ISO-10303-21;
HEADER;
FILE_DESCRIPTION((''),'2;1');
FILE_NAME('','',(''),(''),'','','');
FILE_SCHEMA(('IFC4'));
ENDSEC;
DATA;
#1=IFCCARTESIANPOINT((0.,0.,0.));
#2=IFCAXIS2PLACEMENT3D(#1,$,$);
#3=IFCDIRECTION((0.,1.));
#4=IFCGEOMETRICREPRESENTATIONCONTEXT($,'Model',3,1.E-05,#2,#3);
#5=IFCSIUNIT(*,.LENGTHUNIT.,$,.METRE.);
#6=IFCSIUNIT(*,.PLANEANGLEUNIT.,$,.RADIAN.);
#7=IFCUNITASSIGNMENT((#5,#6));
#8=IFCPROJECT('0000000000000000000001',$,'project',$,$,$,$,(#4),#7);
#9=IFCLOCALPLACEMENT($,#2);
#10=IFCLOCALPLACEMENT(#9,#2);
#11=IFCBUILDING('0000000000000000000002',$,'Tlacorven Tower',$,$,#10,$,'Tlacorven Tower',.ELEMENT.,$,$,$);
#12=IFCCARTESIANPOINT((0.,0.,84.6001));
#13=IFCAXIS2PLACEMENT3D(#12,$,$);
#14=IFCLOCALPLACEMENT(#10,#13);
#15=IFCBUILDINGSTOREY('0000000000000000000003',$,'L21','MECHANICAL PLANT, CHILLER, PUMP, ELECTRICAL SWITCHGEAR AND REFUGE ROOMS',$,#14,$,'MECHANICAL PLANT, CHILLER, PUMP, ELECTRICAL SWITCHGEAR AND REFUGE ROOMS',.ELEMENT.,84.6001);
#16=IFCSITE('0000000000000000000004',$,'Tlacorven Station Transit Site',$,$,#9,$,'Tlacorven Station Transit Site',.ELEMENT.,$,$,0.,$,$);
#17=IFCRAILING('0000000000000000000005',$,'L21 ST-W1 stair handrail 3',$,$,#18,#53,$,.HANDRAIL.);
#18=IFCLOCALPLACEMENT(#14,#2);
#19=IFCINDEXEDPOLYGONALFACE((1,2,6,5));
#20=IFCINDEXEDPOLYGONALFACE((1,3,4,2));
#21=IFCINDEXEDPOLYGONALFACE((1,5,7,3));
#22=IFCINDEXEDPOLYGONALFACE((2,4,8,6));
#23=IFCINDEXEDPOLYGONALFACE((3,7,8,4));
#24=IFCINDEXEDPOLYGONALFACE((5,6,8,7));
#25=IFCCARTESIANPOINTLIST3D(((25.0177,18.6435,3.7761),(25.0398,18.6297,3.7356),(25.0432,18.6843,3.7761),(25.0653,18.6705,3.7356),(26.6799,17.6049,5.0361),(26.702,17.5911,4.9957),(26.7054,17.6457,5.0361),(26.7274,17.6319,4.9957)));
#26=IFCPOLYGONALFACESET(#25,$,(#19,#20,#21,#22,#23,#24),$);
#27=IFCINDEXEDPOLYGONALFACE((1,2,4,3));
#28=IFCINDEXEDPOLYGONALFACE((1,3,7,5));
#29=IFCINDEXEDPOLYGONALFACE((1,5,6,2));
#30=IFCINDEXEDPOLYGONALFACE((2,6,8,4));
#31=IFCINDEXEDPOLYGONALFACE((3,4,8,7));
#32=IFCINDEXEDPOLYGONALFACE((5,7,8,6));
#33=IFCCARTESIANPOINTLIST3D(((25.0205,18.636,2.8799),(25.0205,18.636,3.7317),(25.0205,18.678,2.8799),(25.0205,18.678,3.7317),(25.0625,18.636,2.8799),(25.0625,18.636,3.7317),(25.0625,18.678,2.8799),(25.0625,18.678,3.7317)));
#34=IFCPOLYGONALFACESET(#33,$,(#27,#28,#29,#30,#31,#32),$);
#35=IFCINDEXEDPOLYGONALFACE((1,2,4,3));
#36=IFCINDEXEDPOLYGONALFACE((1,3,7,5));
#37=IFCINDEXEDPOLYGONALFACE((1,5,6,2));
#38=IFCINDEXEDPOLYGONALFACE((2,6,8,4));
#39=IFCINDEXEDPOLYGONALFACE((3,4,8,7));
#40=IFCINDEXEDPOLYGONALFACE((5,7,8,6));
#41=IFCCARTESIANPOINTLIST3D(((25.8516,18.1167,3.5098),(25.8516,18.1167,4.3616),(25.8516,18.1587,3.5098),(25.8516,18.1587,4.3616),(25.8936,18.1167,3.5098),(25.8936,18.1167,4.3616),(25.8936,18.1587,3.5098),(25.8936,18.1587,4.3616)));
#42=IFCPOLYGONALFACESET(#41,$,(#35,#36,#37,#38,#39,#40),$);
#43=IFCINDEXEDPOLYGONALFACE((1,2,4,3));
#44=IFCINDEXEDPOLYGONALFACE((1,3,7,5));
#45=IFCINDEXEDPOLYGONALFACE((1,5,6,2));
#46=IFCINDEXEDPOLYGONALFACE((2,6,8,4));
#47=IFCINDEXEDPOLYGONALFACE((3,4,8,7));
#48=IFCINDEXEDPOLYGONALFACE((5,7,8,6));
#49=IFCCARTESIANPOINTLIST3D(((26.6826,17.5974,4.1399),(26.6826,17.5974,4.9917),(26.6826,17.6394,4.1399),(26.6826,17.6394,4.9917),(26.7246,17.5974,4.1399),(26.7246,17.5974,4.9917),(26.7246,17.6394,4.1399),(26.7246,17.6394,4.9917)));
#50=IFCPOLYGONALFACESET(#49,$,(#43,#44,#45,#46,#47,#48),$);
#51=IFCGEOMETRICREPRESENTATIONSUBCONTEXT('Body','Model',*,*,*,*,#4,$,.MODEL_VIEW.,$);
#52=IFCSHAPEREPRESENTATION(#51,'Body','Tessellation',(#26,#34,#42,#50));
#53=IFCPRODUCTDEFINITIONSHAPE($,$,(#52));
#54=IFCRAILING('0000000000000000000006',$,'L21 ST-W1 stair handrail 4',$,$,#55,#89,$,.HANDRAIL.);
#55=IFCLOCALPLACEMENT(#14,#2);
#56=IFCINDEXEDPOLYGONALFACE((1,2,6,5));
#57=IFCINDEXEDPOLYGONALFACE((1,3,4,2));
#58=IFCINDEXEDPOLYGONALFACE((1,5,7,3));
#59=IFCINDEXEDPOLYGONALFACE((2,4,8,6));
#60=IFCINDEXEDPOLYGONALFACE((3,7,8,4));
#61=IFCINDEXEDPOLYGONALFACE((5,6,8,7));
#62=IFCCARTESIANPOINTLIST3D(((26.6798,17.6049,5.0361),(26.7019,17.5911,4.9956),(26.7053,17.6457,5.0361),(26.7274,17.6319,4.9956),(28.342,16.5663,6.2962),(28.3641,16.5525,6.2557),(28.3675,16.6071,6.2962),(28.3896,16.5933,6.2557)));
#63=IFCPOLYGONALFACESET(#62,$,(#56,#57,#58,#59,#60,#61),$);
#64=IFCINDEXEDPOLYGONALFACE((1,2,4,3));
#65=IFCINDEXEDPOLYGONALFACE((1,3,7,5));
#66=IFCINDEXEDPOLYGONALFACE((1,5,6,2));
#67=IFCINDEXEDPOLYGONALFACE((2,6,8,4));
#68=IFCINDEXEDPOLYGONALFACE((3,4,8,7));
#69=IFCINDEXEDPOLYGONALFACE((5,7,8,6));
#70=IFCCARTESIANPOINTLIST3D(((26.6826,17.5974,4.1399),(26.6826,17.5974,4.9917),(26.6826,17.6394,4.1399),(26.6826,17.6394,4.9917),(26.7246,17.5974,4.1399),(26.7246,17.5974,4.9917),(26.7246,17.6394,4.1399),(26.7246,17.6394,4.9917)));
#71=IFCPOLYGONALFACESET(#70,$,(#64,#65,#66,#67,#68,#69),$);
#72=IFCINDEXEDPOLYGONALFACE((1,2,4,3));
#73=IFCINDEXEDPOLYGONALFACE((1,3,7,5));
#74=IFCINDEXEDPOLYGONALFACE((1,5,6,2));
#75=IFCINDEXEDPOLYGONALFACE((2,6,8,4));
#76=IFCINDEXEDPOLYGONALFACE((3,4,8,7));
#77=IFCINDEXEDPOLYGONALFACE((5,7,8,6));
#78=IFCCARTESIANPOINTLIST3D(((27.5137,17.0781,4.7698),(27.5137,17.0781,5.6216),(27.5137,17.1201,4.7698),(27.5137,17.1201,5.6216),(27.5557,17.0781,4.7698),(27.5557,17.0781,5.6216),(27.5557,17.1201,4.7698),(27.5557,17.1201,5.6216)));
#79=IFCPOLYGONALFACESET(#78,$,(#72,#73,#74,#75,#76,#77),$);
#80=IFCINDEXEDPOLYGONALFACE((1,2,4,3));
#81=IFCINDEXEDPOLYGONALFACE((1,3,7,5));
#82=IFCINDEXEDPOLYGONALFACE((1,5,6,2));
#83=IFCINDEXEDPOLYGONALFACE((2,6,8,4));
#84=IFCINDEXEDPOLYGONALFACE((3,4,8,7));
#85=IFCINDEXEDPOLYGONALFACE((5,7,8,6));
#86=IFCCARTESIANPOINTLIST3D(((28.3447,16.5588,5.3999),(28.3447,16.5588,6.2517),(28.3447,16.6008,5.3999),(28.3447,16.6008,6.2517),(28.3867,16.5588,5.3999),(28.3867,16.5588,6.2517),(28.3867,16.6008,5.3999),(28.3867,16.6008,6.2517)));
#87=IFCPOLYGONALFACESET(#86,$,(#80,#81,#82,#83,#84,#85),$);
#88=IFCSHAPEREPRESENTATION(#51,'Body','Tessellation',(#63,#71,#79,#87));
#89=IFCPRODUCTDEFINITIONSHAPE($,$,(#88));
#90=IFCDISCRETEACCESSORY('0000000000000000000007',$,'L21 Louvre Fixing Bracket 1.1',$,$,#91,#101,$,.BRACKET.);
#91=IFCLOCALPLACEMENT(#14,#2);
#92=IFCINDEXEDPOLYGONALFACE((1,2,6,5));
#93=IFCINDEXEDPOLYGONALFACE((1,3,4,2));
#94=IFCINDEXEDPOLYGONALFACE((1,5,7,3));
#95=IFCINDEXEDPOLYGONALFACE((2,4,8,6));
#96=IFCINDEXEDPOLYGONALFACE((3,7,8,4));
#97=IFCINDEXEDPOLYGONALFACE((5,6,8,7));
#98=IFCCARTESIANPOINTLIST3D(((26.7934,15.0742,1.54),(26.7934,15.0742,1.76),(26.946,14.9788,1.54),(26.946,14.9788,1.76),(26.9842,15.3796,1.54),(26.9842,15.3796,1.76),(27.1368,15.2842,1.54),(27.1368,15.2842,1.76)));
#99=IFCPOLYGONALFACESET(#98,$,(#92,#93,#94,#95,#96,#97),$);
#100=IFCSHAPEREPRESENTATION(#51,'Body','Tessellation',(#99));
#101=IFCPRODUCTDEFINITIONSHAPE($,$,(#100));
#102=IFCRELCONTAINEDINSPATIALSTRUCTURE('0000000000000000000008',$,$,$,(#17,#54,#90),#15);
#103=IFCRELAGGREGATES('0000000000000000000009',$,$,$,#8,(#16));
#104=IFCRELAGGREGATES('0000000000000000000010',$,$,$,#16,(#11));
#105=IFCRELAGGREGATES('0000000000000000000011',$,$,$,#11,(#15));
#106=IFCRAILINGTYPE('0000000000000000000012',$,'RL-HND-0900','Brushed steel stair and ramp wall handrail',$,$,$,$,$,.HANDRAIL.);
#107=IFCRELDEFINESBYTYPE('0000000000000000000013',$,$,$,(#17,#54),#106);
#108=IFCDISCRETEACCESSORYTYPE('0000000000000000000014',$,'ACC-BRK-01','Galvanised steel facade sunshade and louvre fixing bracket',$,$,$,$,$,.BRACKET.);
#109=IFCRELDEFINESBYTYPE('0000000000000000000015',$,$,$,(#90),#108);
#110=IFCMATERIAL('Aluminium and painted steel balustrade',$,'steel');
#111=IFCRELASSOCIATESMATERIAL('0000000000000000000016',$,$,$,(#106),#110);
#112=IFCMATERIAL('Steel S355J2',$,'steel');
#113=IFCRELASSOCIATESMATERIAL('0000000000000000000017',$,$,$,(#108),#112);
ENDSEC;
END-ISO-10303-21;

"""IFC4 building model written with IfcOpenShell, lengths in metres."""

from ifc_helpers import new_model, si_unit, direction, frame, origin, origin_2d, place, context, subcontext, project, spatial, rectangle, extrude, source, transform, mapped, material, type_object, element, save


model = new_model("IFC4")

# Units and contexts
model_context = context("Model", 3, precision=1e-05, world=origin(), true_north=direction((0.0, 1.0)))
body_context = subcontext(model_context, "Body", "Model", "MODEL_VIEW")
ifc_project = project(units=[si_unit("LENGTHUNIT", "METRE"), si_unit("PLANEANGLEUNIT", "RADIAN")], contexts=[model_context])

# Site, building, storey
site_placement = place(None, origin())
site = spatial("IfcSite", under=ifc_project, at=site_placement, Name="Tlacorven Station Transit Site", LongName="Tlacorven Station Transit Site", CompositionType="ELEMENT", RefElevation=0.0)
building_placement = place(site_placement, origin())
building = spatial("IfcBuilding", under=site, at=building_placement, Name="Tlacorven Tower", LongName="Tlacorven Tower", CompositionType="ELEMENT")
storey_placement = place(building_placement, frame((0.0, 0.0, 84.6001)))
storey = spatial("IfcBuildingStorey", under=building, at=storey_placement, Name="L21", Description="MECHANICAL PLANT, CHILLER, PUMP, ELECTRICAL SWITCHGEAR AND REFUGE ROOMS", LongName="MECHANICAL PLANT, CHILLER, PUMP, ELECTRICAL SWITCHGEAR AND REFUGE ROOMS", CompositionType="ELEMENT", Elevation=84.6001)

# Shared definitions
ifc_material_1 = material(Name="Steel S355J2", Category="steel")

# Shared definitions
ifc_material_2 = material(Name="Aluminium and painted steel balustrade", Category="steel")

# Railings
railing_type_1 = type_object("IfcRailingType", Name="RL-HND-0900", Description="Brushed steel stair and ramp wall handrail", PredefinedType="HANDRAIL", material=ifc_material_2)
shared_shape_1 = source(origin(), body_context, "Body", "SweptSolid", [
    extrude(rectangle(XDim=0.0481, YDim=0.0481, at=origin_2d()), frame((0.0, 0.0, 0.876), z_axis=(0.713354, -0.445741, 0.540778), x_axis=(0.529909, 0.848054, 0.0)), (0.0, 0.0, 1.0), 2.3301),
    extrude(rectangle(XDim=0.042, YDim=0.042, at=origin_2d()), origin(), (0.0, 0.0, 1.0), 0.8518),
    extrude(rectangle(XDim=0.042, YDim=0.042, at=origin_2d()), frame((0.8311, -0.5193, 0.6299)), (0.0, 0.0, 1.0), 0.8518),
    extrude(rectangle(XDim=0.042, YDim=0.042, at=origin_2d()), frame((1.6621, -1.0386, 1.26)), (0.0, 0.0, 1.0), 0.8518),
])
for number, where, name in (
    (1, (25.0415, 18.657, 2.8799), "L21 ST-W1 stair handrail 3"),
    (2, (26.7036, 17.6184, 4.1399), "L21 ST-W1 stair handrail 4"),
):
    element("IfcRailing", number, at=place(storey_placement, frame(where)), inside=storey, type_object=railing_type_1, Name=name, PredefinedType="HANDRAIL", context=body_context, shape_type="MappedRepresentation", body=[
        mapped(shared_shape_1, transform((0.0, 0.0, 0.0), scale=1.0)),
    ])

# Discrete accessory
discrete_accessory_type = type_object("IfcDiscreteAccessoryType", Name="ACC-BRK-01", Description="Galvanised steel facade sunshade and louvre fixing bracket", PredefinedType="BRACKET", material=ifc_material_1)
shared_shape_2 = source(origin(), body_context, "Body", "SweptSolid", [
    extrude(rectangle(XDim=0.1799, YDim=0.3601, at=origin_2d()), origin(), (0.0, 0.0, 1.0), 0.22),
])
discrete_accessory_placement = place(storey_placement, frame((26.9651, 15.1792, 1.54), z_axis=(0.0, 0.0, 1.0), x_axis=(-0.848048, 0.529919, 0.0)))
element("IfcDiscreteAccessory", 3, at=discrete_accessory_placement, inside=storey, type_object=discrete_accessory_type, Name="L21 Louvre Fixing Bracket 1.1", PredefinedType="BRACKET", context=body_context, shape_type="MappedRepresentation", body=[
    mapped(shared_shape_2, transform((0.0, 0.0, 0.0), scale=1.0)),
])

save(model, "model.ifc")
